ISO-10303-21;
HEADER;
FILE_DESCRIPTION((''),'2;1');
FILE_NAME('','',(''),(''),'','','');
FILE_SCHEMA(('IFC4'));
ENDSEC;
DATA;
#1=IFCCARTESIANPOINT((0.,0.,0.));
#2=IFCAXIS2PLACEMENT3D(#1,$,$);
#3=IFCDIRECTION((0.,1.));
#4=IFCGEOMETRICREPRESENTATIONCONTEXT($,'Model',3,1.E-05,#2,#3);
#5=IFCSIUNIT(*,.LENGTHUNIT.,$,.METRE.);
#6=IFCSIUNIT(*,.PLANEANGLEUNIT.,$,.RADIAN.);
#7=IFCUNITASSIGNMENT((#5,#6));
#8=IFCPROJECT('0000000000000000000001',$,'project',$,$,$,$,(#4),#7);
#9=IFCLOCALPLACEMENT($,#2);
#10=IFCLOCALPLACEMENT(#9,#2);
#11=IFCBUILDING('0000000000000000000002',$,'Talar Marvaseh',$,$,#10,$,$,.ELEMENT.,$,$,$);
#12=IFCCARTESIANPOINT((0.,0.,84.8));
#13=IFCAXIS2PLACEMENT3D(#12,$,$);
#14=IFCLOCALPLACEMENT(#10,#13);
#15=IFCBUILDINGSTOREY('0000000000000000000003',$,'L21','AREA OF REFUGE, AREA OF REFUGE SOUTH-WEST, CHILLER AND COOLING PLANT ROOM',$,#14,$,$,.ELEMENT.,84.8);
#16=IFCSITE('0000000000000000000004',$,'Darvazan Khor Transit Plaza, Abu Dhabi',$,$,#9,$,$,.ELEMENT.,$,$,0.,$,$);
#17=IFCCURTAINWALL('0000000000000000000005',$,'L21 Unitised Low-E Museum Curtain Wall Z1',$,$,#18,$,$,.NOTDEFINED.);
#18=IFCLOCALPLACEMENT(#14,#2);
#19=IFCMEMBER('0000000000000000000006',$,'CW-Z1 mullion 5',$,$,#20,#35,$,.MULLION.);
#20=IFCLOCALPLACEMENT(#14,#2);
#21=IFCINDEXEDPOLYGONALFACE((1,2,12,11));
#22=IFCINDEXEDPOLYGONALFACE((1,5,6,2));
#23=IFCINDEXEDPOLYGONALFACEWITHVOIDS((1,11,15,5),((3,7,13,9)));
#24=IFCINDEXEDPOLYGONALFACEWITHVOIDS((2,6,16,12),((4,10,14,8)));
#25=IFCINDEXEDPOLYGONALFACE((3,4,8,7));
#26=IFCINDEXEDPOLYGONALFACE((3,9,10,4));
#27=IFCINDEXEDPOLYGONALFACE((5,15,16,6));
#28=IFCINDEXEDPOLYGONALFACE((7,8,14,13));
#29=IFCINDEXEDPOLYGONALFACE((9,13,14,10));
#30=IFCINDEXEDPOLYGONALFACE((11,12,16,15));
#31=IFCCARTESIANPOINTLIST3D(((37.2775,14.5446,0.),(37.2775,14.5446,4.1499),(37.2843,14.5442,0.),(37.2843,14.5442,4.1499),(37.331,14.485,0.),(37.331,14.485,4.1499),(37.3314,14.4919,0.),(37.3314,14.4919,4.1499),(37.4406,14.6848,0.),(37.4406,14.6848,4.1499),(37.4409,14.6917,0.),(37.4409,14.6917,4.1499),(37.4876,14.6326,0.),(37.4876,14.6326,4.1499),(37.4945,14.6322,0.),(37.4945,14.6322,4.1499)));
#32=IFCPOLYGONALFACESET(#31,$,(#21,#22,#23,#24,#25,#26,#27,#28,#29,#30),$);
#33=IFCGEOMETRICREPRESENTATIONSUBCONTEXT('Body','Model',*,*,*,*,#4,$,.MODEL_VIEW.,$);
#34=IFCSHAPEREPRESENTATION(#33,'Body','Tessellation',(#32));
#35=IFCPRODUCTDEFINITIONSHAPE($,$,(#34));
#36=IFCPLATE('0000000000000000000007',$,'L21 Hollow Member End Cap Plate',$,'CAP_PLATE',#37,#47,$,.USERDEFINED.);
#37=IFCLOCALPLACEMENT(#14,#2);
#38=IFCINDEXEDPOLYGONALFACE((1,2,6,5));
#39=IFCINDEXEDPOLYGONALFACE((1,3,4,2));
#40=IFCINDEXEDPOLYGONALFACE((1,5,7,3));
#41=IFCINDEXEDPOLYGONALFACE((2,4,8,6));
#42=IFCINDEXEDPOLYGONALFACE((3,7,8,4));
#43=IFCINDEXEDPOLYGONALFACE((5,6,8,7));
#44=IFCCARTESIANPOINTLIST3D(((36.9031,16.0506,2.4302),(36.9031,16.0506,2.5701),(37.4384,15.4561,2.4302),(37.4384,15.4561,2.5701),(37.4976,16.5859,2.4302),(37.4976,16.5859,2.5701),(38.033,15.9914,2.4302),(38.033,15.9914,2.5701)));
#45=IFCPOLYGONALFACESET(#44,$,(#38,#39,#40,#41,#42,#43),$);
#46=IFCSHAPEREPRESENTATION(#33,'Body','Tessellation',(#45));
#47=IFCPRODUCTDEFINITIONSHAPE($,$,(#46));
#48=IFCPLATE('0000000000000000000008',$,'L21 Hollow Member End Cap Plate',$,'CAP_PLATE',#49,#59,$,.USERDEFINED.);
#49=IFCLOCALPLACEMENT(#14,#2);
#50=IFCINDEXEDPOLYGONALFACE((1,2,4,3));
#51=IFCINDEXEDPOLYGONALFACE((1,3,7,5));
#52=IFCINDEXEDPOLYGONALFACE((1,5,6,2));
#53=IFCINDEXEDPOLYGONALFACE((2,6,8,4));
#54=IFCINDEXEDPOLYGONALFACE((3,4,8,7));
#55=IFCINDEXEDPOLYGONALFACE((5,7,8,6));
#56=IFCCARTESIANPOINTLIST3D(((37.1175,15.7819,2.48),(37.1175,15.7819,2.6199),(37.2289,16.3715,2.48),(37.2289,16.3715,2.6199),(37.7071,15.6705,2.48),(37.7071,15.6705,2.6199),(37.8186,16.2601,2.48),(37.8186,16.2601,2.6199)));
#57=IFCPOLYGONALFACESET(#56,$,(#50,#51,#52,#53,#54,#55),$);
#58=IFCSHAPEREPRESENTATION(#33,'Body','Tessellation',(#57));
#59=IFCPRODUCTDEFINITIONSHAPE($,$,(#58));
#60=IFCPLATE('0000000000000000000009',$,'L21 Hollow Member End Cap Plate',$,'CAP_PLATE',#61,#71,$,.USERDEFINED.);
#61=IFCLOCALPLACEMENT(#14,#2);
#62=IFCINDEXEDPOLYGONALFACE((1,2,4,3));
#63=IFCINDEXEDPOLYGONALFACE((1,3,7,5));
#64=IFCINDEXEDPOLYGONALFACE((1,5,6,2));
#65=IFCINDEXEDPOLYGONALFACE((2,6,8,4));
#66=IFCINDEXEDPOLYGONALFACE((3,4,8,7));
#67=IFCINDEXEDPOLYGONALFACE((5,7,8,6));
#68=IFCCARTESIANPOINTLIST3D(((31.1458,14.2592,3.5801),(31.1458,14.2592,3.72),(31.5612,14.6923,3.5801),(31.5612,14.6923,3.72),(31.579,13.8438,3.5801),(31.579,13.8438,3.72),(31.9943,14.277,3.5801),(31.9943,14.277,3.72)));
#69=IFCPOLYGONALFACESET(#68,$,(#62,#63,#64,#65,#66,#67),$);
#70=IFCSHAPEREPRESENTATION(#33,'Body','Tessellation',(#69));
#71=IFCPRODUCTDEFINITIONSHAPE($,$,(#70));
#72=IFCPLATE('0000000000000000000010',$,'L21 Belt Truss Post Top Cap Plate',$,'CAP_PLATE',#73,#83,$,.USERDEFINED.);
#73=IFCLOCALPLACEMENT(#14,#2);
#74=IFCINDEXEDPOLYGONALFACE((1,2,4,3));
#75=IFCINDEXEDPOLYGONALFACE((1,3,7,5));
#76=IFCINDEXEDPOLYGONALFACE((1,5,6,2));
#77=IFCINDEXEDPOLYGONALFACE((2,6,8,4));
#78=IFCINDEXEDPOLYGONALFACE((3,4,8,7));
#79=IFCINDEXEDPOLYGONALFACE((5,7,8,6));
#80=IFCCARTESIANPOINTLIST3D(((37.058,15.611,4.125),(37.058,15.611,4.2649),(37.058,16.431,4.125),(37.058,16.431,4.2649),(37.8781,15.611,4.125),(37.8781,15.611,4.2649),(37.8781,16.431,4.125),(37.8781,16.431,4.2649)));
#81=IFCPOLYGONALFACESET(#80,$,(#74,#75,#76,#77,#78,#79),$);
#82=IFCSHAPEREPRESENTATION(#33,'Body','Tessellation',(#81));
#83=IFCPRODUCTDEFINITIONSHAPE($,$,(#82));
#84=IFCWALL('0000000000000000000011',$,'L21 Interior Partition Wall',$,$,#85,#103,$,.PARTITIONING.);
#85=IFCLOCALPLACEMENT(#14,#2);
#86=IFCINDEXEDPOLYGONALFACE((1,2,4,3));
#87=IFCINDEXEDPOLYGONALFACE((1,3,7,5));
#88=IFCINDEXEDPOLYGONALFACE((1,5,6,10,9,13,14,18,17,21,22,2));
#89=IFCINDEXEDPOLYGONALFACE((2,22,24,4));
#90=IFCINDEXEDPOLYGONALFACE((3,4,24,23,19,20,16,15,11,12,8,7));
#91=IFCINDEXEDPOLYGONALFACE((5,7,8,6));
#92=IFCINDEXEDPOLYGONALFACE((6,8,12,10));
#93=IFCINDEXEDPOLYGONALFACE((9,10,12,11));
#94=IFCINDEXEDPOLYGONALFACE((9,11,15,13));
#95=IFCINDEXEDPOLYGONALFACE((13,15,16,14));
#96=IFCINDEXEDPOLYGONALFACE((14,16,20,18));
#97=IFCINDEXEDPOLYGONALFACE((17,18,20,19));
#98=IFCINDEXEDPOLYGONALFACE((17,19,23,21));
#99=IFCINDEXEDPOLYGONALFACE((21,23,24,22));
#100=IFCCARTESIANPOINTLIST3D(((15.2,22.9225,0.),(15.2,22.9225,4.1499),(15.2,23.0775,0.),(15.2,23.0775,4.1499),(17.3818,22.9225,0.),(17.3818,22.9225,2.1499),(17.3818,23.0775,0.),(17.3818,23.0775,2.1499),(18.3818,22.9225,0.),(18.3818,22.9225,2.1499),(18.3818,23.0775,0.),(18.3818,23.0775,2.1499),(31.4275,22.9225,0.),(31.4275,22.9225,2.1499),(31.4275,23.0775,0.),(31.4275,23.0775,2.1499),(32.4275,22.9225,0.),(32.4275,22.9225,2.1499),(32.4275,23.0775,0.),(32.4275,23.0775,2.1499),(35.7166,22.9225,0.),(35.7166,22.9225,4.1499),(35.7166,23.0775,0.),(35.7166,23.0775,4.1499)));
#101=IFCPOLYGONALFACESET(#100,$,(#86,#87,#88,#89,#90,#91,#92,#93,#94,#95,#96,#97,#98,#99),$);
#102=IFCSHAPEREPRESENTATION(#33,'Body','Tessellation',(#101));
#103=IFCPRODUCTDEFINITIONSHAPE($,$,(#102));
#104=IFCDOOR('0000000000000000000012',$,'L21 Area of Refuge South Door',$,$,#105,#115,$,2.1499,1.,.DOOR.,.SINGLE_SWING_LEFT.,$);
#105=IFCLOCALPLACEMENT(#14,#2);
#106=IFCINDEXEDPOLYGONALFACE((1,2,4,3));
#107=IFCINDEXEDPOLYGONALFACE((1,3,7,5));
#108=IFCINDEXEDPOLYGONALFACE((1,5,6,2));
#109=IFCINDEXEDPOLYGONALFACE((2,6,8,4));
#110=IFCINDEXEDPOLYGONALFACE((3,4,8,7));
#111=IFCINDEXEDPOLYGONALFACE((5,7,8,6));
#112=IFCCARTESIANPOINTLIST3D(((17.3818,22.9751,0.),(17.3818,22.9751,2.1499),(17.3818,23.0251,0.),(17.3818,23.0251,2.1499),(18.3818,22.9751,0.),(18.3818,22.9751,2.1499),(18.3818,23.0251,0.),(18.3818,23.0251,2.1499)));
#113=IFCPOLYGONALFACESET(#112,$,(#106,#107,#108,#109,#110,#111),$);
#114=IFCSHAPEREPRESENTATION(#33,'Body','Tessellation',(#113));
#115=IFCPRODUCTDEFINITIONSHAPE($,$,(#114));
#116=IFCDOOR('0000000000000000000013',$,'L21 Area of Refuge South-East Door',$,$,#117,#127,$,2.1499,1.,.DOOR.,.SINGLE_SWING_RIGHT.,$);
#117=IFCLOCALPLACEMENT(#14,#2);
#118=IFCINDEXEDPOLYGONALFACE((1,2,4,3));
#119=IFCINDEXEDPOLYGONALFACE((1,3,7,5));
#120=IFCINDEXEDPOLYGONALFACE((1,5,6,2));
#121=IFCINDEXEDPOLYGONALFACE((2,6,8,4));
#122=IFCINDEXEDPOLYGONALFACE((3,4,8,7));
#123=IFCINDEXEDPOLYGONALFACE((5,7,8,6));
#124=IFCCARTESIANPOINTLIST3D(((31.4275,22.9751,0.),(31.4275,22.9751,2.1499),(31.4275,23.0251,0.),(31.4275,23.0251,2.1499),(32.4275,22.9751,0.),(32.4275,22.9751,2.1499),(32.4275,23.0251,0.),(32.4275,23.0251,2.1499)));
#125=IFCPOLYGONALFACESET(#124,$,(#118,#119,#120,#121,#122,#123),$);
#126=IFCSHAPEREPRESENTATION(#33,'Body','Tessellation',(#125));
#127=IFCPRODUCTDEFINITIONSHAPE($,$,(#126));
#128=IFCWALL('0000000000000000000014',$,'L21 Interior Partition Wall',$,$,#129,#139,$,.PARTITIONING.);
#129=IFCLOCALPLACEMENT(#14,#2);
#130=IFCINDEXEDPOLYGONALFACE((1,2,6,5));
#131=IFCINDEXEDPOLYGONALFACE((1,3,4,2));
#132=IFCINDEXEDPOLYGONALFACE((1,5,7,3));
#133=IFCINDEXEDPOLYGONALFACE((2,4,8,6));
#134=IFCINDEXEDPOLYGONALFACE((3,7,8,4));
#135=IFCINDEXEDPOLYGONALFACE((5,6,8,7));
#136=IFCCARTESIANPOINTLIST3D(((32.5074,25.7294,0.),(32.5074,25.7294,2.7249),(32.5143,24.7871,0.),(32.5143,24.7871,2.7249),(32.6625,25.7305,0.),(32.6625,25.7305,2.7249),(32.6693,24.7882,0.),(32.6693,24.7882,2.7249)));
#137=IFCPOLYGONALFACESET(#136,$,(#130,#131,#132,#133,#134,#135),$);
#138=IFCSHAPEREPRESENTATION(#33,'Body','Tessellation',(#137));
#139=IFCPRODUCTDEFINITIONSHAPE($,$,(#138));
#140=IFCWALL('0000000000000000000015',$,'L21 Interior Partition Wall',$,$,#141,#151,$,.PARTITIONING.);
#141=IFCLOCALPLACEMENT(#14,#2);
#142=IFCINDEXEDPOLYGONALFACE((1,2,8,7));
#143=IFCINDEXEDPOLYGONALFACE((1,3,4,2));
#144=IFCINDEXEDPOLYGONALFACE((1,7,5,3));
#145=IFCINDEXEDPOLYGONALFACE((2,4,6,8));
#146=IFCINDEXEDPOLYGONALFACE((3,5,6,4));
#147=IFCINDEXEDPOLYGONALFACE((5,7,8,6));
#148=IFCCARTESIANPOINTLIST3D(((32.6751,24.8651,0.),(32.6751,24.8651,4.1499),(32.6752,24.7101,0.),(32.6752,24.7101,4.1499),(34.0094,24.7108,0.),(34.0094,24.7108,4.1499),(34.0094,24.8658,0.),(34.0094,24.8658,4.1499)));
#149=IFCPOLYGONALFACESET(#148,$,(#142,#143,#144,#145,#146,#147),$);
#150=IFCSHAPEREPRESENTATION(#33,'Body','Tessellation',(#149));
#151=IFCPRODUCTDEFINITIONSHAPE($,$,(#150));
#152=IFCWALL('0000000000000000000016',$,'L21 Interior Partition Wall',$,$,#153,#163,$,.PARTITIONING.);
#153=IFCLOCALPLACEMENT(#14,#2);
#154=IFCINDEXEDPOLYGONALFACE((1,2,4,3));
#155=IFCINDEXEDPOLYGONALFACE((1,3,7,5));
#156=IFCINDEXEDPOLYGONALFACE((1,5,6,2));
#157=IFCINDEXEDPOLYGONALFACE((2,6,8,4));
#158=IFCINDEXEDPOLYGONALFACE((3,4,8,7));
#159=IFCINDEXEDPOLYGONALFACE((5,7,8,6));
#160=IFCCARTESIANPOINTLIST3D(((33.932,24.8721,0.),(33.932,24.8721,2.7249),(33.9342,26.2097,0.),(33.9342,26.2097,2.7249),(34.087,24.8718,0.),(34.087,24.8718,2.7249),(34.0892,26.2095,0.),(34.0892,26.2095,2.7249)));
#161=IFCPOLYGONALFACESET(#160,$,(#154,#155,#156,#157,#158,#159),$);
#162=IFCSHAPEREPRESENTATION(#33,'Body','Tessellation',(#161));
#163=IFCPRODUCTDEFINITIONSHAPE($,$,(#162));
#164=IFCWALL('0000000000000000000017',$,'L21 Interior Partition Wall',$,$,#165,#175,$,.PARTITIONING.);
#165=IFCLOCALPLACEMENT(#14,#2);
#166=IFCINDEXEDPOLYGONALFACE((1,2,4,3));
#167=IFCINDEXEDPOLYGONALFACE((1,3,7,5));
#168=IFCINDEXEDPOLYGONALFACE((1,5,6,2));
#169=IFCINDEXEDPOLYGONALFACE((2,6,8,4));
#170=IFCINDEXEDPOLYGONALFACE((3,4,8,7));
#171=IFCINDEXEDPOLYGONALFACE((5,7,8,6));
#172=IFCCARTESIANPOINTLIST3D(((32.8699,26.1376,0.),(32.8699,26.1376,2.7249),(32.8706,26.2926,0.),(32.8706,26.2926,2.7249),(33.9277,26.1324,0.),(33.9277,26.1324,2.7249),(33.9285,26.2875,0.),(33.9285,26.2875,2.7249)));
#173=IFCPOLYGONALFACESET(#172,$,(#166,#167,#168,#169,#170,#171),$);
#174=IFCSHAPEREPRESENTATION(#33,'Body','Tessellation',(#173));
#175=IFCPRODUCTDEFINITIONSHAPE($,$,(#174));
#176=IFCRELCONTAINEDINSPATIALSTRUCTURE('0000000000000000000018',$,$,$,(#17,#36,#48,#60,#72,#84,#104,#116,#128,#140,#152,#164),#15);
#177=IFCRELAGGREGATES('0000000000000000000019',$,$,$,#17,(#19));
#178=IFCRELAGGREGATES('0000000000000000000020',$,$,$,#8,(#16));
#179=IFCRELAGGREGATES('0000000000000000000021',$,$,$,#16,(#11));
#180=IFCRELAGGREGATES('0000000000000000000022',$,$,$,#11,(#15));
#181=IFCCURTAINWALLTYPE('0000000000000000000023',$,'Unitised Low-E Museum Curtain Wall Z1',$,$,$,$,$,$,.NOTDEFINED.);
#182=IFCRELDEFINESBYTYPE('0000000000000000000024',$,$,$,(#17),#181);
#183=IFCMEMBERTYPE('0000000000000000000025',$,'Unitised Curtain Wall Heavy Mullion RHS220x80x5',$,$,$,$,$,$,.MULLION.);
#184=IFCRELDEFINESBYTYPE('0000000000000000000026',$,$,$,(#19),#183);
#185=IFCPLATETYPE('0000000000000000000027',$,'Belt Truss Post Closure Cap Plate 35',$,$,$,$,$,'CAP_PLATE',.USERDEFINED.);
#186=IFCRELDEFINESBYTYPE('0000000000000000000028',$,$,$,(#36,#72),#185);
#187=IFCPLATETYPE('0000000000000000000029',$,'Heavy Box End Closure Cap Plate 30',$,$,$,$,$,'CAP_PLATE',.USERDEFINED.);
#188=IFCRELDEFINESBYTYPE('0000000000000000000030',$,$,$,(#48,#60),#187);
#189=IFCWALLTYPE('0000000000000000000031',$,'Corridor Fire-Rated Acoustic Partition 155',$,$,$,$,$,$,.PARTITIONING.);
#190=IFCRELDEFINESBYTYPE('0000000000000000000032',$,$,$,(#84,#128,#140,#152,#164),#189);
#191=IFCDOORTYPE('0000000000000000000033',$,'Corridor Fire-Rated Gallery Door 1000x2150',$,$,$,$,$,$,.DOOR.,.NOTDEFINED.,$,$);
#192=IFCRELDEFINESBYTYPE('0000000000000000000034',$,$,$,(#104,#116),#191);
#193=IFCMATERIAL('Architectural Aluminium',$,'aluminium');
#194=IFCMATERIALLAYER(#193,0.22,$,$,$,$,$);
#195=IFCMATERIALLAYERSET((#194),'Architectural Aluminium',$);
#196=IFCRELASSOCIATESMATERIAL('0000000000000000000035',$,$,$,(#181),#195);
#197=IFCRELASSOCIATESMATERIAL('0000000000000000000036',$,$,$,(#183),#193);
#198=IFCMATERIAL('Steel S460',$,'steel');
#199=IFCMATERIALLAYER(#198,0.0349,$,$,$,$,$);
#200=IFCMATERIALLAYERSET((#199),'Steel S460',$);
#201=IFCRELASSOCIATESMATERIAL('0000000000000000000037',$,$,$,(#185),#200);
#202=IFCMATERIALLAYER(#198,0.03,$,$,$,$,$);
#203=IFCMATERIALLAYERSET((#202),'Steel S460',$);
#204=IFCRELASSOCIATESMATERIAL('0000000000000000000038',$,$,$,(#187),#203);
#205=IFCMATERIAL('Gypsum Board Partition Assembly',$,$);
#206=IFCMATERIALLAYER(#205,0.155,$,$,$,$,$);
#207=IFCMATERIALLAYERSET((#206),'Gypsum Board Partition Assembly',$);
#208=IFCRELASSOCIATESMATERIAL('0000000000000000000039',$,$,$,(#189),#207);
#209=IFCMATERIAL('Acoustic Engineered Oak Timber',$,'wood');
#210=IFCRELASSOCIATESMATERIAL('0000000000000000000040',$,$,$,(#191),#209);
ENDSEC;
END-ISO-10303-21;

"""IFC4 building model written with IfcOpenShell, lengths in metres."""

from ifc_helpers import new_model, si_unit, direction, frame, frame_2d, origin, origin_2d, place, context, subcontext, project, spatial, rectangle, hollow_rectangle, extrude, source, transform, mapped, material, layer, layer_set, material_profile, profile_set, type_object, type_shapes, element, fill, aggregate, save


model = new_model("IFC4")

# Units and contexts
model_context = context("Model", 3, precision=1e-05, world=origin(), true_north=direction((0.0, 1.0)))
body_context = subcontext(model_context, "Body", "Model", "MODEL_VIEW")
ifc_project = project(units=[si_unit("LENGTHUNIT", "METRE"), si_unit("PLANEANGLEUNIT", "RADIAN")], contexts=[model_context])

# Site, building, storey
site_placement = place(None, origin())
site = spatial("IfcSite", under=ifc_project, at=site_placement, Name="Darvazan Khor Transit Plaza, Abu Dhabi", CompositionType="ELEMENT", RefElevation=0.0)
building_placement = place(site_placement, origin())
building = spatial("IfcBuilding", under=site, at=building_placement, Name="Talar Marvaseh", CompositionType="ELEMENT")
storey_placement = place(building_placement, frame((0.0, 0.0, 84.8)))
storey = spatial("IfcBuildingStorey", under=building, at=storey_placement, Name="L21", Description="AREA OF REFUGE, AREA OF REFUGE SOUTH-WEST, CHILLER AND COOLING PLANT ROOM", CompositionType="ELEMENT", Elevation=84.8)

# Shared definitions
ifc_material_1 = material(Name="Steel S460", Category="steel")

# Curtain wall, member
ifc_material_2 = material(Name="Architectural Aluminium", Category="aluminium")
ifc_layer_1 = layer(ifc_material_2, 0.22)
ifc_layer_set_1 = layer_set([ifc_layer_1], Name="Architectural Aluminium")
curtain_wall_type = type_object("IfcCurtainWallType", Name="Unitised Low-E Museum Curtain Wall Z1", PredefinedType="NOTDEFINED", material=ifc_layer_set_1)
curtain_wall_placement = place(storey_placement, origin())
curtain_wall = element("IfcCurtainWall", 1, at=curtain_wall_placement, inside=storey, type_object=curtain_wall_type, Name="L21 Unitised Low-E Museum Curtain Wall Z1", PredefinedType="NOTDEFINED")
ifc_material_profile_1 = material_profile(ifc_material_2, hollow_rectangle(XDim=0.0801, YDim=0.22, WallThickness=0.0049, at=origin_2d()), Name="RHS220x80x5")
ifc_profile_set_1 = profile_set([ifc_material_profile_1], Name="Architectural Aluminium")
member_type_1 = type_object("IfcMemberType", Name="Unitised Curtain Wall Heavy Mullion RHS220x80x5", PredefinedType="MULLION", material=ifc_profile_set_1)
shared_shape_1 = source(origin(), body_context, "Body", "SweptSolid", [
    extrude(hollow_rectangle(XDim=0.0801, YDim=0.22, WallThickness=0.0049, at=origin_2d()), origin(), (0.0, 0.0, 1.0), 4.1499),
])
type_shapes(member_type_1, [shared_shape_1])
member_1_placement = place(storey_placement, frame((37.386, 14.5884, 0.0), z_axis=(0.0, 0.0, 1.0), x_axis=(0.669016, -0.743248, 0.0)))
member_1 = element("IfcMember", 2, at=member_1_placement, type_object=member_type_1, Name="CW-Z1 mullion 5", PredefinedType="MULLION", context=body_context, shape_type="MappedRepresentation", body=[
    mapped(shared_shape_1, transform((0.0, 0.0, 0.0), x_axis=(1.0, 0.0, 0.0), y_axis=(0.0, 1.0, 0.0), z_axis=(0.0, 0.0, 1.0), scale=1.0)),
])
aggregate(curtain_wall, [member_1])

# Plates
ifc_layer_2 = layer(ifc_material_1, 0.0349)
ifc_layer_set_2 = layer_set([ifc_layer_2], Name="Steel S460")
plate_type_1 = type_object("IfcPlateType", Name="Belt Truss Post Closure Cap Plate 35", ElementType="CAP_PLATE", PredefinedType="USERDEFINED", material=ifc_layer_set_2)
shared_shape_2 = source(origin(), body_context, "Body", "SweptSolid", [
    extrude(rectangle(XDim=0.8, YDim=0.8, at=origin_2d()), origin(), (0.0, 0.0, 1.0), 0.1399),
])
plate_1_placement = place(storey_placement, frame((37.468, 16.021, 2.4302), z_axis=(0.0, 0.0, 1.0), x_axis=(-0.743145, -0.669131, 0.0)))
element("IfcPlate", 3, at=plate_1_placement, inside=storey, type_object=plate_type_1, Name="L21 Hollow Member End Cap Plate", ObjectType="CAP_PLATE", PredefinedType="USERDEFINED", context=body_context, shape_type="MappedRepresentation", body=[
    mapped(shared_shape_2, transform((0.0, 0.0, 0.0), x_axis=(1.0, 0.0, 0.0), y_axis=(0.0, 1.0, 0.0), z_axis=(0.0, 0.0, 1.0), scale=1.0)),
])
ifc_layer_3 = layer(ifc_material_1, 0.03)
ifc_layer_set_3 = layer_set([ifc_layer_3], Name="Steel S460")
plate_type_2 = type_object("IfcPlateType", Name="Heavy Box End Closure Cap Plate 30", ElementType="CAP_PLATE", PredefinedType="USERDEFINED", material=ifc_layer_set_3)
shared_shape_3 = source(origin(), body_context, "Body", "SweptSolid", [
    extrude(rectangle(XDim=0.6001, YDim=0.6001, at=origin_2d()), origin(), (0.0, 0.0, 1.0), 0.1399),
])
type_shapes(plate_type_2, [shared_shape_3])
for number, where, z_axis, x_axis, name in (
    (4, (37.468, 16.021, 2.48), (0.0, 0.0, 1.0), (0.185667, 0.982613, 0.0), "L21 Hollow Member End Cap Plate"),
    (5, (31.5701, 14.2681, 3.5801), (0.0, 0.0, 1.0), (0.692143, 0.72176, 0.0), "L21 Hollow Member End Cap Plate"),
):
    element("IfcPlate", number, at=place(storey_placement, frame(where, z_axis=z_axis, x_axis=x_axis)), inside=storey, type_object=plate_type_2, Name=name, ObjectType="CAP_PLATE", PredefinedType="USERDEFINED", context=body_context, shape_type="MappedRepresentation", body=[
        mapped(shared_shape_3, transform((0.0, 0.0, 0.0), x_axis=(1.0, 0.0, 0.0), y_axis=(0.0, 1.0, 0.0), z_axis=(0.0, 0.0, 1.0), scale=1.0)),
    ])
shared_shape_4 = source(origin(), body_context, "Body", "SweptSolid", [
    extrude(rectangle(XDim=0.8201, YDim=0.8201, at=origin_2d()), origin(), (0.0, 0.0, 1.0), 0.1399),
])
type_shapes(plate_type_1, [shared_shape_2, shared_shape_4])
plate_2_placement = place(storey_placement, frame((37.468, 16.021, 4.125), z_axis=(0.0, 0.0, 1.0), x_axis=(1.0, 0.0, 0.0)))
element("IfcPlate", 6, at=plate_2_placement, inside=storey, type_object=plate_type_1, Name="L21 Belt Truss Post Top Cap Plate", ObjectType="CAP_PLATE", PredefinedType="USERDEFINED", context=body_context, shape_type="MappedRepresentation", body=[
    mapped(shared_shape_4, transform((0.0, 0.0, 0.0), x_axis=(1.0, 0.0, 0.0), y_axis=(0.0, 1.0, 0.0), z_axis=(0.0, 0.0, 1.0), scale=1.0)),
])

# Wall, openings, doors
ifc_material_3 = material(Name="Gypsum Board Partition Assembly")
ifc_layer_4 = layer(ifc_material_3, 0.155)
ifc_layer_set_4 = layer_set([ifc_layer_4], Name="Gypsum Board Partition Assembly")
wall_type_1 = type_object("IfcWallType", Name="Corridor Fire-Rated Acoustic Partition 155", PredefinedType="PARTITIONING", material=ifc_layer_set_4)
wall_1_placement = place(storey_placement, frame((35.7166, 23.0, 0.0), z_axis=(0.0, 0.0, 1.0), x_axis=(-1.0, 0.0, 0.0)))
wall_1 = element("IfcWall", 7, at=wall_1_placement, inside=storey, type_object=wall_type_1, Name="L21 Interior Partition Wall", PredefinedType="PARTITIONING", context=body_context, shape_type="SweptSolid", body=[
    extrude(rectangle(XDim=20.5166, YDim=0.155, at=frame_2d((10.2583, 0.0))), origin(), (0.0, 0.0, 1.0), 4.1499),
])
opening_1_placement = place(wall_1_placement, frame((17.3347, 0.0, 0.0)))
opening_1 = element("IfcOpeningElement", 8, at=opening_1_placement, cuts=wall_1, PredefinedType="OPENING", context=body_context, shape_type="SweptSolid", body=[
    extrude(rectangle(XDim=1.0, YDim=2.1499, at=frame_2d((0.5, 1.075))), frame((0.0, 0.0874, 0.0), z_axis=(0.0, -1.0, 0.0), x_axis=(1.0, 0.0, 0.0)), (0.0, 0.0, 1.0), 0.175),
])
opening_2_placement = place(wall_1_placement, frame((3.2891, 0.0, 0.0)))
opening_2 = element("IfcOpeningElement", 9, at=opening_2_placement, cuts=wall_1, PredefinedType="OPENING", context=body_context, shape_type="SweptSolid", body=[
    extrude(rectangle(XDim=1.0, YDim=2.1499, at=frame_2d((0.5, 1.075))), frame((0.0, 0.0874, 0.0), z_axis=(0.0, -1.0, 0.0), x_axis=(1.0, 0.0, 0.0)), (0.0, 0.0, 1.0), 0.175),
])
ifc_material_4 = material(Name="Acoustic Engineered Oak Timber", Category="wood")
door_type_1 = type_object("IfcDoorType", Name="Corridor Fire-Rated Gallery Door 1000x2150", OperationType="NOTDEFINED", PredefinedType="DOOR", material=ifc_material_4)
shared_shape_5 = source(origin(), body_context, "Body", "SweptSolid", [
    extrude(rectangle(XDim=1.0, YDim=2.1499, at=frame_2d((0.5, 1.075))), frame((0.0, 0.0249, 0.0), z_axis=(0.0, -1.0, 0.0), x_axis=(1.0, 0.0, 0.0)), (0.0, 0.0, 1.0), 0.05),
])
type_shapes(door_type_1, [shared_shape_5])
door_1_placement = place(opening_1_placement, origin())
door_1 = element("IfcDoor", 10, at=door_1_placement, inside=storey, type_object=door_type_1, Name="L21 Area of Refuge South Door", OperationType="SINGLE_SWING_LEFT", OverallHeight=2.1499, OverallWidth=1.0, PredefinedType="DOOR", context=body_context, shape_type="MappedRepresentation", body=[
    mapped(shared_shape_5, transform((0.0, 0.0, 0.0), x_axis=(1.0, 0.0, 0.0), y_axis=(0.0, 1.0, 0.0), z_axis=(0.0, 0.0, 1.0), scale=1.0)),
])
fill(opening_1, door_1)
door_2_placement = place(opening_2_placement, origin())
door_2 = element("IfcDoor", 11, at=door_2_placement, inside=storey, type_object=door_type_1, Name="L21 Area of Refuge South-East Door", OperationType="SINGLE_SWING_RIGHT", OverallHeight=2.1499, OverallWidth=1.0, PredefinedType="DOOR", context=body_context, shape_type="MappedRepresentation", body=[
    mapped(shared_shape_5, transform((0.0, 0.0, 0.0), x_axis=(1.0, 0.0, 0.0), y_axis=(0.0, 1.0, 0.0), z_axis=(0.0, 0.0, 1.0), scale=1.0)),
])
fill(opening_2, door_2)

# Walls
wall_2_placement = place(storey_placement, frame((32.585, 25.73, 0.0), z_axis=(0.0, 0.0, 1.0), x_axis=(0.007254, -0.999974, 0.0)))
element("IfcWall", 12, at=wall_2_placement, inside=storey, type_object=wall_type_1, Name="L21 Interior Partition Wall", PredefinedType="PARTITIONING", context=body_context, shape_type="SweptSolid", body=[
    extrude(rectangle(XDim=0.9424, YDim=0.155, at=frame_2d((0.4712, 0.0))), origin(), (0.0, 0.0, 1.0), 2.7249),
])
wall_3_placement = place(storey_placement, frame((32.6753, 24.7876, 0.0), z_axis=(0.0, 0.0, 1.0), x_axis=(1.0, 0.000549, 0.0)))
element("IfcWall", 13, at=wall_3_placement, inside=storey, type_object=wall_type_1, Name="L21 Interior Partition Wall", PredefinedType="PARTITIONING", context=body_context, shape_type="SweptSolid", body=[
    extrude(rectangle(XDim=1.3342, YDim=0.155, at=frame_2d((0.667, 0.0))), origin(), (0.0, 0.0, 1.0), 4.1499),
])
wall_4_placement = place(storey_placement, frame((34.0095, 24.8718, 0.0), z_axis=(0.0, 0.0, 1.0), x_axis=(0.001643, 0.999999, 0.0)))
element("IfcWall", 14, at=wall_4_placement, inside=storey, type_object=wall_type_1, Name="L21 Interior Partition Wall", PredefinedType="PARTITIONING", context=body_context, shape_type="SweptSolid", body=[
    extrude(rectangle(XDim=1.3376, YDim=0.155, at=frame_2d((0.6689, 0.0))), origin(), (0.0, 0.0, 1.0), 2.7249),
])
wall_5_placement = place(storey_placement, frame((33.928, 26.21, 0.0), z_axis=(0.0, 0.0, 1.0), x_axis=(-0.999988, 0.004846, 0.0)))
element("IfcWall", 15, at=wall_5_placement, inside=storey, type_object=wall_type_1, Name="L21 Interior Partition Wall", PredefinedType="PARTITIONING", context=body_context, shape_type="SweptSolid", body=[
    extrude(rectangle(XDim=1.0579, YDim=0.155, at=frame_2d((0.5288, 0.0))), origin(), (0.0, 0.0, 1.0), 2.7249),
])

save(model, "model.ifc")
